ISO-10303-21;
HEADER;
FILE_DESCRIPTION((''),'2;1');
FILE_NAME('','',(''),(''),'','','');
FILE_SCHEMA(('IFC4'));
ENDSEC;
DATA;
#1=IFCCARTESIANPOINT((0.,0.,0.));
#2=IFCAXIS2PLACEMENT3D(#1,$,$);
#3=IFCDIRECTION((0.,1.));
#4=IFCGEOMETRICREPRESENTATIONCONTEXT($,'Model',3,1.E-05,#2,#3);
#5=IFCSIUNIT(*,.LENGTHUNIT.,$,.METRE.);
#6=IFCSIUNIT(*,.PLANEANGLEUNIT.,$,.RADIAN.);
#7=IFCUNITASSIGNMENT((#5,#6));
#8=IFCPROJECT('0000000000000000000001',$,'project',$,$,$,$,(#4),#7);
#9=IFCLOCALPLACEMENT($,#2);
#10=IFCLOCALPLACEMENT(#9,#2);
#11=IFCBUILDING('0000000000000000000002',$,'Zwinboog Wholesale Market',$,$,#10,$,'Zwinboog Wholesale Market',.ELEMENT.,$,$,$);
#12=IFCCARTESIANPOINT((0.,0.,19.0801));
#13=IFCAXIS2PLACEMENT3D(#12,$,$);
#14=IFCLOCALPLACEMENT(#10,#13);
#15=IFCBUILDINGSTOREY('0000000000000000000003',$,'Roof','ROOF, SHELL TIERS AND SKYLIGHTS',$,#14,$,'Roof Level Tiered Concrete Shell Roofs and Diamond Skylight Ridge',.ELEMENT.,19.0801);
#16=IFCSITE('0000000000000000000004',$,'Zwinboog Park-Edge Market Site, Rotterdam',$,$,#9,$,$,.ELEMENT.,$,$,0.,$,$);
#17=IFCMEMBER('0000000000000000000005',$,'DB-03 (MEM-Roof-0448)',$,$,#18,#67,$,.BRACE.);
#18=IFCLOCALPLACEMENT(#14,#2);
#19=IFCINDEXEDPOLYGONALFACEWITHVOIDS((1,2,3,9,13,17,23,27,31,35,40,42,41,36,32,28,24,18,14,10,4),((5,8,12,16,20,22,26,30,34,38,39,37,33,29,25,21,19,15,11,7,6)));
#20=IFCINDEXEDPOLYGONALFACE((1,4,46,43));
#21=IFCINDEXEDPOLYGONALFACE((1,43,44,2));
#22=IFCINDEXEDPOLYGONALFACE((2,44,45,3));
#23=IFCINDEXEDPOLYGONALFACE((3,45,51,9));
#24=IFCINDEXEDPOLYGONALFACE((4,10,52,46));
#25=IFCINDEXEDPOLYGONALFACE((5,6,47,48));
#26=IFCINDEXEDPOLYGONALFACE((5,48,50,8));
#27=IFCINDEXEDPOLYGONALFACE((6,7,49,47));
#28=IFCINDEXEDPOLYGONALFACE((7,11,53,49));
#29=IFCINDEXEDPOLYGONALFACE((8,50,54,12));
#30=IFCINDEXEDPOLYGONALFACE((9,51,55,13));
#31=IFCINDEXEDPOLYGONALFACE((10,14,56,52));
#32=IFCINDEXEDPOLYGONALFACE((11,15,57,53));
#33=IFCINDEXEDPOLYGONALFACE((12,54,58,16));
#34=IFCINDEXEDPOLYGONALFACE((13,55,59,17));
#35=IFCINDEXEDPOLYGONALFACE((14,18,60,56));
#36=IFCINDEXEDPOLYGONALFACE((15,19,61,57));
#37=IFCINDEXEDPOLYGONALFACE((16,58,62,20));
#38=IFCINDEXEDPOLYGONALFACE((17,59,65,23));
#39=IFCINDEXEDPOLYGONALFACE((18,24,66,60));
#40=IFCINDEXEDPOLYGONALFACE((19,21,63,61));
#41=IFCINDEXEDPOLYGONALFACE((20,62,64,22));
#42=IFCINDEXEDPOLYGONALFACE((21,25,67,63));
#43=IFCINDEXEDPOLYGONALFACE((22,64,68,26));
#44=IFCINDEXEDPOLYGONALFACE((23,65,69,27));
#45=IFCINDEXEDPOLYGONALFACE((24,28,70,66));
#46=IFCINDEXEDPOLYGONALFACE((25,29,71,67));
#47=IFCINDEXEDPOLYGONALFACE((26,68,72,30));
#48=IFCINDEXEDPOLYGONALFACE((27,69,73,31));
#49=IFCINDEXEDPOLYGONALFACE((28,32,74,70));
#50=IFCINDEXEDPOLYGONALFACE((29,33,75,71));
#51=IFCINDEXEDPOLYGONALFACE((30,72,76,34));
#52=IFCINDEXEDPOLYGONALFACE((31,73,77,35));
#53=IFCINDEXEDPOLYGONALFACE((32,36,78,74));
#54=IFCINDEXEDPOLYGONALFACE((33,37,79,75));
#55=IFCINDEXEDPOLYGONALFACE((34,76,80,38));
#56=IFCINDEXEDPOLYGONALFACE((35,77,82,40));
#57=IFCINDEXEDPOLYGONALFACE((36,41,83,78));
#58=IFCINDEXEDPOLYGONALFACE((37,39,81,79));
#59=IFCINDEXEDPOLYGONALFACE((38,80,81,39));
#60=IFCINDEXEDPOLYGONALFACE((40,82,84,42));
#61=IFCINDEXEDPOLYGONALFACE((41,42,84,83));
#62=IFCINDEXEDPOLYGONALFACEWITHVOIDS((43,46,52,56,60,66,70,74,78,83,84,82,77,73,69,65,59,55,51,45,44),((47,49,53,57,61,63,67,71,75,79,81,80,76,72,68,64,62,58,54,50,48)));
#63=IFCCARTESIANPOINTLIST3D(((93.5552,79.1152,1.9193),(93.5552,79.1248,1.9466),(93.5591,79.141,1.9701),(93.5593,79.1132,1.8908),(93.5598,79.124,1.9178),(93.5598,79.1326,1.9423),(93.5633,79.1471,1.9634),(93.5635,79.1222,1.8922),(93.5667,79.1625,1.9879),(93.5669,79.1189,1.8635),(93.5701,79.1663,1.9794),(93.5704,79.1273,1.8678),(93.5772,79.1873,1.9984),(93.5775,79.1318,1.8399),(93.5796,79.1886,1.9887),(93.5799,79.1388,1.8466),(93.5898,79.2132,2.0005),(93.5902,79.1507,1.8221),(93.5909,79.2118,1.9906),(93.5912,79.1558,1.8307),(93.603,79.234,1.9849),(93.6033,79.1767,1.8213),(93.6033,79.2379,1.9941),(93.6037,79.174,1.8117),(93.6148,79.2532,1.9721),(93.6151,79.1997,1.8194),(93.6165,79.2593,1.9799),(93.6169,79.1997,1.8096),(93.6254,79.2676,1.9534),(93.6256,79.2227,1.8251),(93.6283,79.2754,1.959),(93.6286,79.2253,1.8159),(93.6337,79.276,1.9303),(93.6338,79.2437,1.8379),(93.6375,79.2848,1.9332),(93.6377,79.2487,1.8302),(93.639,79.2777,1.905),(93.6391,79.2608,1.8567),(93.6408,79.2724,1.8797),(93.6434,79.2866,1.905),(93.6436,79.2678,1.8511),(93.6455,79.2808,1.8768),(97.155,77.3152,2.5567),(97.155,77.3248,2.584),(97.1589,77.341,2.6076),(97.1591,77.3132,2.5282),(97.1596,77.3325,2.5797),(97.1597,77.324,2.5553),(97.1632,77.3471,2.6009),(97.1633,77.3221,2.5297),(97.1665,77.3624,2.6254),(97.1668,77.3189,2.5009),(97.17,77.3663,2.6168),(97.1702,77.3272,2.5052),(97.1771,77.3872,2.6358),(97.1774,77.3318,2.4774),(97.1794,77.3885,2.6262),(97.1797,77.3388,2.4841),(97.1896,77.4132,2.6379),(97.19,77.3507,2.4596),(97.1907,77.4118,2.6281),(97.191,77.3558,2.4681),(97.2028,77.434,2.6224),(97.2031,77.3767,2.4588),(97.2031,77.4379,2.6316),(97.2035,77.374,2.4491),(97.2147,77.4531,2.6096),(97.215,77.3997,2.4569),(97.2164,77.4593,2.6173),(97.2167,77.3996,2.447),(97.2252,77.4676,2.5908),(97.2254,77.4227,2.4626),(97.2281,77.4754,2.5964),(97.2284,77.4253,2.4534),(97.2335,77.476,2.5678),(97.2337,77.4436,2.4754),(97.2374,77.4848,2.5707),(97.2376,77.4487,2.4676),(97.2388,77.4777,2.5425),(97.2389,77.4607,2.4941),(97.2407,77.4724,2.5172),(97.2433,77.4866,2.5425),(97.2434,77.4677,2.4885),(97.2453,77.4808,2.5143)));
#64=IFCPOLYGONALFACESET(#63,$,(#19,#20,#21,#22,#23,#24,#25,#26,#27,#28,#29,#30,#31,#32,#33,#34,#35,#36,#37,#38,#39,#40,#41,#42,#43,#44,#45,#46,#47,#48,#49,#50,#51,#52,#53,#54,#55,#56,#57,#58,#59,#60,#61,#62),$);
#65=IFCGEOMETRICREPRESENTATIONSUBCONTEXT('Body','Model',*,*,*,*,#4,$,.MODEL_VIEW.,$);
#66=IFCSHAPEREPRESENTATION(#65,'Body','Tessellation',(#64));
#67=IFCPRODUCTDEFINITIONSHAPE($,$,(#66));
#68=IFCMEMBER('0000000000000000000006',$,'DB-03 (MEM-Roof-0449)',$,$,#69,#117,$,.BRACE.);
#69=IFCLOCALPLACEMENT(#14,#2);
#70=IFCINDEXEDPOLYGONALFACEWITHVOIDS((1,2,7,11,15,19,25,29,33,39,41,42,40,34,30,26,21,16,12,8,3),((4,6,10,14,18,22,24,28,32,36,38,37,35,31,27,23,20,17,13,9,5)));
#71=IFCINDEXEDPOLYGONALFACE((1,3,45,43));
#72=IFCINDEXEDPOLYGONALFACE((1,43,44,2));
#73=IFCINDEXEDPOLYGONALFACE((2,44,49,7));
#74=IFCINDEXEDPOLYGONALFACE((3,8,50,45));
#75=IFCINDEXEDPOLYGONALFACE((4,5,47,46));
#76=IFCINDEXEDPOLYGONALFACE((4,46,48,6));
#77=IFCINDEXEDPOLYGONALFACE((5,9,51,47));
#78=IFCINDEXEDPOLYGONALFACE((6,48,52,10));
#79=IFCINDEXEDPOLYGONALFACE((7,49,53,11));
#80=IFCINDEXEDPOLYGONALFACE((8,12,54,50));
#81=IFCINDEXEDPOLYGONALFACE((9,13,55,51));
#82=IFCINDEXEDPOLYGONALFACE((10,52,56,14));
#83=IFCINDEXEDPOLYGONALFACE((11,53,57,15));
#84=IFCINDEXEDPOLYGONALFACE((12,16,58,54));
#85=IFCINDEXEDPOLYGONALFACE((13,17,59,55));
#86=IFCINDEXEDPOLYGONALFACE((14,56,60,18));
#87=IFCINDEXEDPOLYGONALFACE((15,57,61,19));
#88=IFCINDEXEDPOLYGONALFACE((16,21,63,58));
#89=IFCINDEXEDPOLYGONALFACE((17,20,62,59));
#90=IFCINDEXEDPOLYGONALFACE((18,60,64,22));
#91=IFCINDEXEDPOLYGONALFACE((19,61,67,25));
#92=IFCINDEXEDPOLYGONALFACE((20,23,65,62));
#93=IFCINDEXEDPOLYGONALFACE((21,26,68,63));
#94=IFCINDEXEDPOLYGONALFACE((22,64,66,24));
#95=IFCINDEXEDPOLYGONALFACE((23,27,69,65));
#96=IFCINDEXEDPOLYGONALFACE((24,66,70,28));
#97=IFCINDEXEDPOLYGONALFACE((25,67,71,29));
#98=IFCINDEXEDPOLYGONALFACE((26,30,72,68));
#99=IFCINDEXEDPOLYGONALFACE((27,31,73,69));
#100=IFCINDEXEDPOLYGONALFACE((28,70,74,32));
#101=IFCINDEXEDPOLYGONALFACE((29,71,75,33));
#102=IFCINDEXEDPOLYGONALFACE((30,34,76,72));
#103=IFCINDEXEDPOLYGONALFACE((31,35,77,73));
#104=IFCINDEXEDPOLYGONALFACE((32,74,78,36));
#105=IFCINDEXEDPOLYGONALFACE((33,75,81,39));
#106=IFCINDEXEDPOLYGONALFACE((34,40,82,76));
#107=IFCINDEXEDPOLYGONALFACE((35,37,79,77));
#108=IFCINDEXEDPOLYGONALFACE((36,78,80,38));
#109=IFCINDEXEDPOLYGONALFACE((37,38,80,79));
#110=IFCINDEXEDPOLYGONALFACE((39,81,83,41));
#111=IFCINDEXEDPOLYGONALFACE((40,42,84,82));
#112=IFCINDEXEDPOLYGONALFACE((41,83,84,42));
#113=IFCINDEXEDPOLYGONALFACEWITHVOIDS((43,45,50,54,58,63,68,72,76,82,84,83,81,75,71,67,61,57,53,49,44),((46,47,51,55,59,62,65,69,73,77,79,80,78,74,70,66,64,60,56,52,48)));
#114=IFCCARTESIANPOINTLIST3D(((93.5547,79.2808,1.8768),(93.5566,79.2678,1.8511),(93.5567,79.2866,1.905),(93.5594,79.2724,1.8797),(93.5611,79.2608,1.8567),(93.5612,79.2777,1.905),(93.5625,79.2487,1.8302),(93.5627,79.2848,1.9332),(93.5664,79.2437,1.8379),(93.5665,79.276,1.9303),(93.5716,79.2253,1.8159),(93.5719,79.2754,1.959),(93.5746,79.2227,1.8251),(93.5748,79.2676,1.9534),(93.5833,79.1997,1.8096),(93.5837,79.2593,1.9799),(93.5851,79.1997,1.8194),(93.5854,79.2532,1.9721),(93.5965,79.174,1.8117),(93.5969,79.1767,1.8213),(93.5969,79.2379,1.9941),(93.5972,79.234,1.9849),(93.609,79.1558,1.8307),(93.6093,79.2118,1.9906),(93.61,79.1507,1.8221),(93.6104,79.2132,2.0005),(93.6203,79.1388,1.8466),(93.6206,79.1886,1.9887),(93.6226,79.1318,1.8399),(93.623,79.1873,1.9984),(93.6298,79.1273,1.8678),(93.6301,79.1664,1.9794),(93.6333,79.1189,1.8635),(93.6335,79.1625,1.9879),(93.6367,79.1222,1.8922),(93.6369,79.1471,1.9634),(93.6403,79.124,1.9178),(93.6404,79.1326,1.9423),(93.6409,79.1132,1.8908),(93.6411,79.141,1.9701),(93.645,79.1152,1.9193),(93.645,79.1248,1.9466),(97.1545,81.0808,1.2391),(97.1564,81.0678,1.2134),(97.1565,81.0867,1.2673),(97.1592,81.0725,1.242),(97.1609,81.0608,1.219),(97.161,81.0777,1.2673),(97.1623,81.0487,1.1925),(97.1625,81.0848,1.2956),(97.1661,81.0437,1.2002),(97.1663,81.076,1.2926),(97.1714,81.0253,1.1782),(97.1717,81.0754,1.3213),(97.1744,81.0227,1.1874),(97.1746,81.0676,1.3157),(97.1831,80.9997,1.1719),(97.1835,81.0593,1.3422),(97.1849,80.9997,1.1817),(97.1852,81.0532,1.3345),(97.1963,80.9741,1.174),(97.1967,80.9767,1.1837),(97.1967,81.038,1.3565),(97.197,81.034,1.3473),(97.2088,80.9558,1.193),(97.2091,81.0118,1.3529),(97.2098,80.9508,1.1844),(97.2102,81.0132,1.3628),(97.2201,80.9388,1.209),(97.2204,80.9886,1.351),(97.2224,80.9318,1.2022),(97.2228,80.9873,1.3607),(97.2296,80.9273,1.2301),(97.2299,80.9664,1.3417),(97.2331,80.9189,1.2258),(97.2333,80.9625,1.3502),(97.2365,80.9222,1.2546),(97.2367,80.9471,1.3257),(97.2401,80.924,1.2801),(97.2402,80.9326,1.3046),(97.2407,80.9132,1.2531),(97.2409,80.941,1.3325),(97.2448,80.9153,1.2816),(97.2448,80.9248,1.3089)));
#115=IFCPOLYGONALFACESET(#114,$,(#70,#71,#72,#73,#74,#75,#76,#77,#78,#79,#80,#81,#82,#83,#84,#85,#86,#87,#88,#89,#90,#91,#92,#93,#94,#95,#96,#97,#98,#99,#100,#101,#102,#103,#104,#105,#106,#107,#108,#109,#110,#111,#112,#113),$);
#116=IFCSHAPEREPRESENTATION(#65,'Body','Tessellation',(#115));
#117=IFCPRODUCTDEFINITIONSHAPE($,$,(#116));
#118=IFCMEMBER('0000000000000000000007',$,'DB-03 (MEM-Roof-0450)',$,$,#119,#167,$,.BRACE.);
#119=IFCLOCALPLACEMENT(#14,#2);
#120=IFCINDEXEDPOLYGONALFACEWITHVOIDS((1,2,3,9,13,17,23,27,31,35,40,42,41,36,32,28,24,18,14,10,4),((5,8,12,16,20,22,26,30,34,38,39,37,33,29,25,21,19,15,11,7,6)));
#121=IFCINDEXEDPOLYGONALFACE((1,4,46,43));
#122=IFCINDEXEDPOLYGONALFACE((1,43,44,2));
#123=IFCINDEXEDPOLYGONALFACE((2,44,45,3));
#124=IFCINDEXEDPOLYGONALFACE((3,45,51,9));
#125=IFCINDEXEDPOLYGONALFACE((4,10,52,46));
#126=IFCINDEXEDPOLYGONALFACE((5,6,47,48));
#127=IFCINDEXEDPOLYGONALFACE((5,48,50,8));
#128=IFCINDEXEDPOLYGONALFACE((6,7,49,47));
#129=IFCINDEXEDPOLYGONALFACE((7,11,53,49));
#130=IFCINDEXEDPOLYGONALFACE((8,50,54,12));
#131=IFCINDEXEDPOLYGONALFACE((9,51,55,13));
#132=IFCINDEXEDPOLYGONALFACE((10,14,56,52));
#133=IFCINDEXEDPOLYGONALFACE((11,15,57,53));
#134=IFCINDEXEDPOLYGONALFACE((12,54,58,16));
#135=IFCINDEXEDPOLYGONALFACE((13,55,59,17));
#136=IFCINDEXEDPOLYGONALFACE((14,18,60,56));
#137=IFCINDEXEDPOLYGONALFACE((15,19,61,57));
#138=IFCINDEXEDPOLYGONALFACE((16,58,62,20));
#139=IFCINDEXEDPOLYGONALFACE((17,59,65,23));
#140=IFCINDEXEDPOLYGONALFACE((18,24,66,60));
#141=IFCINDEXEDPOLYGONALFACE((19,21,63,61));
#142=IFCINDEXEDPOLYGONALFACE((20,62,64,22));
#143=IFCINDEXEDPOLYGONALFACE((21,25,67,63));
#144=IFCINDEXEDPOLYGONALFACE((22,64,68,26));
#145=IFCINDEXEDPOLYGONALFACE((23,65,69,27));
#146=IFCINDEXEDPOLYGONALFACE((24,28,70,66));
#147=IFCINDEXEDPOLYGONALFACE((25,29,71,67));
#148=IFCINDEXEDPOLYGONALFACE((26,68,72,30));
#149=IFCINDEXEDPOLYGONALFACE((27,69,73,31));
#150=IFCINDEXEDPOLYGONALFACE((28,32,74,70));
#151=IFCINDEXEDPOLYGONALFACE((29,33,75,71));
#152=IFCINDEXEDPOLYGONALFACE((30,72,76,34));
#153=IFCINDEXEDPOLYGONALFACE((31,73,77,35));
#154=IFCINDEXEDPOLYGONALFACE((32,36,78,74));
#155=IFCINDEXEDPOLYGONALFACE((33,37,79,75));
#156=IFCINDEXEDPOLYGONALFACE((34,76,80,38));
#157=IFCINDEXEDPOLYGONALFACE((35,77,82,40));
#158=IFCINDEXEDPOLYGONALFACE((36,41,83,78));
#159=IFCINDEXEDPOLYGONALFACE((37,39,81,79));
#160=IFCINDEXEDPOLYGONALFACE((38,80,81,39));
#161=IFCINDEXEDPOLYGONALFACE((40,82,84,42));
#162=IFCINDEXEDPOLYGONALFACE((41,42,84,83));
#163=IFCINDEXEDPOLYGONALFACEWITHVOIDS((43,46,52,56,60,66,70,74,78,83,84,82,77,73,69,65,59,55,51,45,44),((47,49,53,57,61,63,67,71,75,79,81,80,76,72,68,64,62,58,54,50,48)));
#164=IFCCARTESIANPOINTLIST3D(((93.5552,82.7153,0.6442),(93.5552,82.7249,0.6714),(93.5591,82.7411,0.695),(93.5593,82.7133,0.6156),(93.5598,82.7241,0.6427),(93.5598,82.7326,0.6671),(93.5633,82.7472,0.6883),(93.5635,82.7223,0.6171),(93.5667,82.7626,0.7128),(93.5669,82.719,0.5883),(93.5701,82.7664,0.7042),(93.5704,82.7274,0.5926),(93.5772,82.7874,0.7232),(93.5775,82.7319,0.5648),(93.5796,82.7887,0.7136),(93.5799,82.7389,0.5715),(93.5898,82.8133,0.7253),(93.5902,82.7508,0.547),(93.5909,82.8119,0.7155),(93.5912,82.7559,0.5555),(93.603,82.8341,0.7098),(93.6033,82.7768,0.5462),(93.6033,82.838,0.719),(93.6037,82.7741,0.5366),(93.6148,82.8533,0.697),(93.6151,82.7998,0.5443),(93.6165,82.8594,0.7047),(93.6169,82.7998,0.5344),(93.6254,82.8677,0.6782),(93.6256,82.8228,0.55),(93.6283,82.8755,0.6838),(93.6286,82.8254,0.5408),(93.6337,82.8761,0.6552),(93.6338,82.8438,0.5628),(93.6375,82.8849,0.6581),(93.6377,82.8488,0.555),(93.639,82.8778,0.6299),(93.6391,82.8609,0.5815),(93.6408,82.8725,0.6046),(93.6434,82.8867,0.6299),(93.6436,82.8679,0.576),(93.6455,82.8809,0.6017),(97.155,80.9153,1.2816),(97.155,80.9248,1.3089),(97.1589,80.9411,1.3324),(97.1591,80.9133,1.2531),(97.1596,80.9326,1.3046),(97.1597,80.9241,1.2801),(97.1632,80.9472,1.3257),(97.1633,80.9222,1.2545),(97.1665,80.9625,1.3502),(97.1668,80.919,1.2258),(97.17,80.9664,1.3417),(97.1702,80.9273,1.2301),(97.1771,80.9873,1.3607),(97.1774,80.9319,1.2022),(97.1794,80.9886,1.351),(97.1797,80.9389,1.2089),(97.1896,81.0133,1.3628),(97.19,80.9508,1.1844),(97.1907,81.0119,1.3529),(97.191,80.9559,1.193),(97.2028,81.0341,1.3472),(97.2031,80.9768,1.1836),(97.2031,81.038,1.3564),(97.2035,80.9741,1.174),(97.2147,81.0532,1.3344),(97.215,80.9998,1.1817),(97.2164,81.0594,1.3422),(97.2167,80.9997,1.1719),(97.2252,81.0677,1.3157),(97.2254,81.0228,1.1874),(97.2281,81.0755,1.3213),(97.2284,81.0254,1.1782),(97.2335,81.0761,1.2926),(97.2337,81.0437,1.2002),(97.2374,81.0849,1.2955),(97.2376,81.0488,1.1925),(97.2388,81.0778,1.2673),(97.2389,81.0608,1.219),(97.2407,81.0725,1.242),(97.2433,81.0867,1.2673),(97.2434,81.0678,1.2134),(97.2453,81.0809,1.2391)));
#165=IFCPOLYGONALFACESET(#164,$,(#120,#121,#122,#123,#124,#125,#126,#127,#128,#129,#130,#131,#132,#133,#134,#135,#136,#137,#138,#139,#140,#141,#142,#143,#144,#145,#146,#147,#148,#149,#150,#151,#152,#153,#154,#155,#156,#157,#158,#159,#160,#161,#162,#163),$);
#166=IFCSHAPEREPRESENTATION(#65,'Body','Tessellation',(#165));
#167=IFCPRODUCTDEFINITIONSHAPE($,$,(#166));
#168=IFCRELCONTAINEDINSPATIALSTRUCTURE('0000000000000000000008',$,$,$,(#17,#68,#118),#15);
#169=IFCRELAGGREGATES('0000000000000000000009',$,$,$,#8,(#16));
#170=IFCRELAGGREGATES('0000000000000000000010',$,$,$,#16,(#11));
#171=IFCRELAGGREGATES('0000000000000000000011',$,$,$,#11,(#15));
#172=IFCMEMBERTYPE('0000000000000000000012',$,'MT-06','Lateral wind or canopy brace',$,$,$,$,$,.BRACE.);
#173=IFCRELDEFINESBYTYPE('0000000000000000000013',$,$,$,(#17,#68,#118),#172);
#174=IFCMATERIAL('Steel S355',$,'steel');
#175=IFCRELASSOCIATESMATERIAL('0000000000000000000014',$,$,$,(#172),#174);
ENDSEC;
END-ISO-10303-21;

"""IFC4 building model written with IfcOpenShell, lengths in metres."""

from ifc_helpers import new_model, si_unit, direction, frame, origin, origin_2d, place, context, subcontext, project, spatial, hollow_circle, extrude, material, material_profile, profile_set, type_object, element, save


model = new_model("IFC4")

# Units and contexts
model_context = context("Model", 3, precision=1e-05, world=origin(), true_north=direction((0.0, 1.0)))
body_context = subcontext(model_context, "Body", "Model", "MODEL_VIEW")
ifc_project = project(units=[si_unit("LENGTHUNIT", "METRE"), si_unit("PLANEANGLEUNIT", "RADIAN")], contexts=[model_context])

# Site, building, storey
site_placement = place(None, origin())
site = spatial("IfcSite", under=ifc_project, at=site_placement, Name="Zwinboog Park-Edge Market Site, Rotterdam", CompositionType="ELEMENT", RefElevation=0.0)
building_placement = place(site_placement, origin())
building = spatial("IfcBuilding", under=site, at=building_placement, Name="Zwinboog Wholesale Market", LongName="Zwinboog Wholesale Market", CompositionType="ELEMENT")
storey_placement = place(building_placement, frame((0.0, 0.0, 19.0801)))
storey = spatial("IfcBuildingStorey", under=building, at=storey_placement, Name="Roof", Description="ROOF, SHELL TIERS AND SKYLIGHTS", LongName="Roof Level Tiered Concrete Shell Roofs and Diamond Skylight Ridge", CompositionType="ELEMENT", Elevation=19.0801)

# Members
ifc_material_1 = material(Name="Steel S355", Category="steel")
ifc_material_profile_1 = material_profile(ifc_material_1, hollow_circle(Radius=0.0969, WallThickness=0.01, at=origin_2d()), Name="CHS 193.7x10")
ifc_profile_set_1 = profile_set([ifc_material_profile_1], Name="Steel S355")
member_type_1 = type_object("IfcMemberType", Name="MT-06", Description="Lateral wind or canopy brace", PredefinedType="BRACE", material=ifc_profile_set_1)
for number, where, z_axis, x_axis, name in (
    (1, (93.6001, 79.2, 1.905), (0.883404, -0.441732, 0.15643), (0.447238, 0.894415, 0.0), "DB-03 (MEM-Roof-0448)"),
    (2, (93.6001, 79.2, 1.905), (0.883396, 0.441728, -0.156489), (-0.447238, 0.894415, 0.0), "DB-03 (MEM-Roof-0449)"),
    (3, (93.6001, 82.8, 0.6299), (0.883404, -0.441732, 0.15643), (0.447238, 0.894415, 0.0), "DB-03 (MEM-Roof-0450)"),
):
    element("IfcMember", number, at=place(storey_placement, frame(where, z_axis=z_axis, x_axis=x_axis)), inside=storey, type_object=member_type_1, Name=name, PredefinedType="BRACE", context=body_context, shape_type="SweptSolid", body=[
        extrude(hollow_circle(Radius=0.0969, WallThickness=0.01, at=origin_2d()), origin(), (0.0, 0.0, 1.0), 4.075),
    ])

save(model, "model.ifc")
